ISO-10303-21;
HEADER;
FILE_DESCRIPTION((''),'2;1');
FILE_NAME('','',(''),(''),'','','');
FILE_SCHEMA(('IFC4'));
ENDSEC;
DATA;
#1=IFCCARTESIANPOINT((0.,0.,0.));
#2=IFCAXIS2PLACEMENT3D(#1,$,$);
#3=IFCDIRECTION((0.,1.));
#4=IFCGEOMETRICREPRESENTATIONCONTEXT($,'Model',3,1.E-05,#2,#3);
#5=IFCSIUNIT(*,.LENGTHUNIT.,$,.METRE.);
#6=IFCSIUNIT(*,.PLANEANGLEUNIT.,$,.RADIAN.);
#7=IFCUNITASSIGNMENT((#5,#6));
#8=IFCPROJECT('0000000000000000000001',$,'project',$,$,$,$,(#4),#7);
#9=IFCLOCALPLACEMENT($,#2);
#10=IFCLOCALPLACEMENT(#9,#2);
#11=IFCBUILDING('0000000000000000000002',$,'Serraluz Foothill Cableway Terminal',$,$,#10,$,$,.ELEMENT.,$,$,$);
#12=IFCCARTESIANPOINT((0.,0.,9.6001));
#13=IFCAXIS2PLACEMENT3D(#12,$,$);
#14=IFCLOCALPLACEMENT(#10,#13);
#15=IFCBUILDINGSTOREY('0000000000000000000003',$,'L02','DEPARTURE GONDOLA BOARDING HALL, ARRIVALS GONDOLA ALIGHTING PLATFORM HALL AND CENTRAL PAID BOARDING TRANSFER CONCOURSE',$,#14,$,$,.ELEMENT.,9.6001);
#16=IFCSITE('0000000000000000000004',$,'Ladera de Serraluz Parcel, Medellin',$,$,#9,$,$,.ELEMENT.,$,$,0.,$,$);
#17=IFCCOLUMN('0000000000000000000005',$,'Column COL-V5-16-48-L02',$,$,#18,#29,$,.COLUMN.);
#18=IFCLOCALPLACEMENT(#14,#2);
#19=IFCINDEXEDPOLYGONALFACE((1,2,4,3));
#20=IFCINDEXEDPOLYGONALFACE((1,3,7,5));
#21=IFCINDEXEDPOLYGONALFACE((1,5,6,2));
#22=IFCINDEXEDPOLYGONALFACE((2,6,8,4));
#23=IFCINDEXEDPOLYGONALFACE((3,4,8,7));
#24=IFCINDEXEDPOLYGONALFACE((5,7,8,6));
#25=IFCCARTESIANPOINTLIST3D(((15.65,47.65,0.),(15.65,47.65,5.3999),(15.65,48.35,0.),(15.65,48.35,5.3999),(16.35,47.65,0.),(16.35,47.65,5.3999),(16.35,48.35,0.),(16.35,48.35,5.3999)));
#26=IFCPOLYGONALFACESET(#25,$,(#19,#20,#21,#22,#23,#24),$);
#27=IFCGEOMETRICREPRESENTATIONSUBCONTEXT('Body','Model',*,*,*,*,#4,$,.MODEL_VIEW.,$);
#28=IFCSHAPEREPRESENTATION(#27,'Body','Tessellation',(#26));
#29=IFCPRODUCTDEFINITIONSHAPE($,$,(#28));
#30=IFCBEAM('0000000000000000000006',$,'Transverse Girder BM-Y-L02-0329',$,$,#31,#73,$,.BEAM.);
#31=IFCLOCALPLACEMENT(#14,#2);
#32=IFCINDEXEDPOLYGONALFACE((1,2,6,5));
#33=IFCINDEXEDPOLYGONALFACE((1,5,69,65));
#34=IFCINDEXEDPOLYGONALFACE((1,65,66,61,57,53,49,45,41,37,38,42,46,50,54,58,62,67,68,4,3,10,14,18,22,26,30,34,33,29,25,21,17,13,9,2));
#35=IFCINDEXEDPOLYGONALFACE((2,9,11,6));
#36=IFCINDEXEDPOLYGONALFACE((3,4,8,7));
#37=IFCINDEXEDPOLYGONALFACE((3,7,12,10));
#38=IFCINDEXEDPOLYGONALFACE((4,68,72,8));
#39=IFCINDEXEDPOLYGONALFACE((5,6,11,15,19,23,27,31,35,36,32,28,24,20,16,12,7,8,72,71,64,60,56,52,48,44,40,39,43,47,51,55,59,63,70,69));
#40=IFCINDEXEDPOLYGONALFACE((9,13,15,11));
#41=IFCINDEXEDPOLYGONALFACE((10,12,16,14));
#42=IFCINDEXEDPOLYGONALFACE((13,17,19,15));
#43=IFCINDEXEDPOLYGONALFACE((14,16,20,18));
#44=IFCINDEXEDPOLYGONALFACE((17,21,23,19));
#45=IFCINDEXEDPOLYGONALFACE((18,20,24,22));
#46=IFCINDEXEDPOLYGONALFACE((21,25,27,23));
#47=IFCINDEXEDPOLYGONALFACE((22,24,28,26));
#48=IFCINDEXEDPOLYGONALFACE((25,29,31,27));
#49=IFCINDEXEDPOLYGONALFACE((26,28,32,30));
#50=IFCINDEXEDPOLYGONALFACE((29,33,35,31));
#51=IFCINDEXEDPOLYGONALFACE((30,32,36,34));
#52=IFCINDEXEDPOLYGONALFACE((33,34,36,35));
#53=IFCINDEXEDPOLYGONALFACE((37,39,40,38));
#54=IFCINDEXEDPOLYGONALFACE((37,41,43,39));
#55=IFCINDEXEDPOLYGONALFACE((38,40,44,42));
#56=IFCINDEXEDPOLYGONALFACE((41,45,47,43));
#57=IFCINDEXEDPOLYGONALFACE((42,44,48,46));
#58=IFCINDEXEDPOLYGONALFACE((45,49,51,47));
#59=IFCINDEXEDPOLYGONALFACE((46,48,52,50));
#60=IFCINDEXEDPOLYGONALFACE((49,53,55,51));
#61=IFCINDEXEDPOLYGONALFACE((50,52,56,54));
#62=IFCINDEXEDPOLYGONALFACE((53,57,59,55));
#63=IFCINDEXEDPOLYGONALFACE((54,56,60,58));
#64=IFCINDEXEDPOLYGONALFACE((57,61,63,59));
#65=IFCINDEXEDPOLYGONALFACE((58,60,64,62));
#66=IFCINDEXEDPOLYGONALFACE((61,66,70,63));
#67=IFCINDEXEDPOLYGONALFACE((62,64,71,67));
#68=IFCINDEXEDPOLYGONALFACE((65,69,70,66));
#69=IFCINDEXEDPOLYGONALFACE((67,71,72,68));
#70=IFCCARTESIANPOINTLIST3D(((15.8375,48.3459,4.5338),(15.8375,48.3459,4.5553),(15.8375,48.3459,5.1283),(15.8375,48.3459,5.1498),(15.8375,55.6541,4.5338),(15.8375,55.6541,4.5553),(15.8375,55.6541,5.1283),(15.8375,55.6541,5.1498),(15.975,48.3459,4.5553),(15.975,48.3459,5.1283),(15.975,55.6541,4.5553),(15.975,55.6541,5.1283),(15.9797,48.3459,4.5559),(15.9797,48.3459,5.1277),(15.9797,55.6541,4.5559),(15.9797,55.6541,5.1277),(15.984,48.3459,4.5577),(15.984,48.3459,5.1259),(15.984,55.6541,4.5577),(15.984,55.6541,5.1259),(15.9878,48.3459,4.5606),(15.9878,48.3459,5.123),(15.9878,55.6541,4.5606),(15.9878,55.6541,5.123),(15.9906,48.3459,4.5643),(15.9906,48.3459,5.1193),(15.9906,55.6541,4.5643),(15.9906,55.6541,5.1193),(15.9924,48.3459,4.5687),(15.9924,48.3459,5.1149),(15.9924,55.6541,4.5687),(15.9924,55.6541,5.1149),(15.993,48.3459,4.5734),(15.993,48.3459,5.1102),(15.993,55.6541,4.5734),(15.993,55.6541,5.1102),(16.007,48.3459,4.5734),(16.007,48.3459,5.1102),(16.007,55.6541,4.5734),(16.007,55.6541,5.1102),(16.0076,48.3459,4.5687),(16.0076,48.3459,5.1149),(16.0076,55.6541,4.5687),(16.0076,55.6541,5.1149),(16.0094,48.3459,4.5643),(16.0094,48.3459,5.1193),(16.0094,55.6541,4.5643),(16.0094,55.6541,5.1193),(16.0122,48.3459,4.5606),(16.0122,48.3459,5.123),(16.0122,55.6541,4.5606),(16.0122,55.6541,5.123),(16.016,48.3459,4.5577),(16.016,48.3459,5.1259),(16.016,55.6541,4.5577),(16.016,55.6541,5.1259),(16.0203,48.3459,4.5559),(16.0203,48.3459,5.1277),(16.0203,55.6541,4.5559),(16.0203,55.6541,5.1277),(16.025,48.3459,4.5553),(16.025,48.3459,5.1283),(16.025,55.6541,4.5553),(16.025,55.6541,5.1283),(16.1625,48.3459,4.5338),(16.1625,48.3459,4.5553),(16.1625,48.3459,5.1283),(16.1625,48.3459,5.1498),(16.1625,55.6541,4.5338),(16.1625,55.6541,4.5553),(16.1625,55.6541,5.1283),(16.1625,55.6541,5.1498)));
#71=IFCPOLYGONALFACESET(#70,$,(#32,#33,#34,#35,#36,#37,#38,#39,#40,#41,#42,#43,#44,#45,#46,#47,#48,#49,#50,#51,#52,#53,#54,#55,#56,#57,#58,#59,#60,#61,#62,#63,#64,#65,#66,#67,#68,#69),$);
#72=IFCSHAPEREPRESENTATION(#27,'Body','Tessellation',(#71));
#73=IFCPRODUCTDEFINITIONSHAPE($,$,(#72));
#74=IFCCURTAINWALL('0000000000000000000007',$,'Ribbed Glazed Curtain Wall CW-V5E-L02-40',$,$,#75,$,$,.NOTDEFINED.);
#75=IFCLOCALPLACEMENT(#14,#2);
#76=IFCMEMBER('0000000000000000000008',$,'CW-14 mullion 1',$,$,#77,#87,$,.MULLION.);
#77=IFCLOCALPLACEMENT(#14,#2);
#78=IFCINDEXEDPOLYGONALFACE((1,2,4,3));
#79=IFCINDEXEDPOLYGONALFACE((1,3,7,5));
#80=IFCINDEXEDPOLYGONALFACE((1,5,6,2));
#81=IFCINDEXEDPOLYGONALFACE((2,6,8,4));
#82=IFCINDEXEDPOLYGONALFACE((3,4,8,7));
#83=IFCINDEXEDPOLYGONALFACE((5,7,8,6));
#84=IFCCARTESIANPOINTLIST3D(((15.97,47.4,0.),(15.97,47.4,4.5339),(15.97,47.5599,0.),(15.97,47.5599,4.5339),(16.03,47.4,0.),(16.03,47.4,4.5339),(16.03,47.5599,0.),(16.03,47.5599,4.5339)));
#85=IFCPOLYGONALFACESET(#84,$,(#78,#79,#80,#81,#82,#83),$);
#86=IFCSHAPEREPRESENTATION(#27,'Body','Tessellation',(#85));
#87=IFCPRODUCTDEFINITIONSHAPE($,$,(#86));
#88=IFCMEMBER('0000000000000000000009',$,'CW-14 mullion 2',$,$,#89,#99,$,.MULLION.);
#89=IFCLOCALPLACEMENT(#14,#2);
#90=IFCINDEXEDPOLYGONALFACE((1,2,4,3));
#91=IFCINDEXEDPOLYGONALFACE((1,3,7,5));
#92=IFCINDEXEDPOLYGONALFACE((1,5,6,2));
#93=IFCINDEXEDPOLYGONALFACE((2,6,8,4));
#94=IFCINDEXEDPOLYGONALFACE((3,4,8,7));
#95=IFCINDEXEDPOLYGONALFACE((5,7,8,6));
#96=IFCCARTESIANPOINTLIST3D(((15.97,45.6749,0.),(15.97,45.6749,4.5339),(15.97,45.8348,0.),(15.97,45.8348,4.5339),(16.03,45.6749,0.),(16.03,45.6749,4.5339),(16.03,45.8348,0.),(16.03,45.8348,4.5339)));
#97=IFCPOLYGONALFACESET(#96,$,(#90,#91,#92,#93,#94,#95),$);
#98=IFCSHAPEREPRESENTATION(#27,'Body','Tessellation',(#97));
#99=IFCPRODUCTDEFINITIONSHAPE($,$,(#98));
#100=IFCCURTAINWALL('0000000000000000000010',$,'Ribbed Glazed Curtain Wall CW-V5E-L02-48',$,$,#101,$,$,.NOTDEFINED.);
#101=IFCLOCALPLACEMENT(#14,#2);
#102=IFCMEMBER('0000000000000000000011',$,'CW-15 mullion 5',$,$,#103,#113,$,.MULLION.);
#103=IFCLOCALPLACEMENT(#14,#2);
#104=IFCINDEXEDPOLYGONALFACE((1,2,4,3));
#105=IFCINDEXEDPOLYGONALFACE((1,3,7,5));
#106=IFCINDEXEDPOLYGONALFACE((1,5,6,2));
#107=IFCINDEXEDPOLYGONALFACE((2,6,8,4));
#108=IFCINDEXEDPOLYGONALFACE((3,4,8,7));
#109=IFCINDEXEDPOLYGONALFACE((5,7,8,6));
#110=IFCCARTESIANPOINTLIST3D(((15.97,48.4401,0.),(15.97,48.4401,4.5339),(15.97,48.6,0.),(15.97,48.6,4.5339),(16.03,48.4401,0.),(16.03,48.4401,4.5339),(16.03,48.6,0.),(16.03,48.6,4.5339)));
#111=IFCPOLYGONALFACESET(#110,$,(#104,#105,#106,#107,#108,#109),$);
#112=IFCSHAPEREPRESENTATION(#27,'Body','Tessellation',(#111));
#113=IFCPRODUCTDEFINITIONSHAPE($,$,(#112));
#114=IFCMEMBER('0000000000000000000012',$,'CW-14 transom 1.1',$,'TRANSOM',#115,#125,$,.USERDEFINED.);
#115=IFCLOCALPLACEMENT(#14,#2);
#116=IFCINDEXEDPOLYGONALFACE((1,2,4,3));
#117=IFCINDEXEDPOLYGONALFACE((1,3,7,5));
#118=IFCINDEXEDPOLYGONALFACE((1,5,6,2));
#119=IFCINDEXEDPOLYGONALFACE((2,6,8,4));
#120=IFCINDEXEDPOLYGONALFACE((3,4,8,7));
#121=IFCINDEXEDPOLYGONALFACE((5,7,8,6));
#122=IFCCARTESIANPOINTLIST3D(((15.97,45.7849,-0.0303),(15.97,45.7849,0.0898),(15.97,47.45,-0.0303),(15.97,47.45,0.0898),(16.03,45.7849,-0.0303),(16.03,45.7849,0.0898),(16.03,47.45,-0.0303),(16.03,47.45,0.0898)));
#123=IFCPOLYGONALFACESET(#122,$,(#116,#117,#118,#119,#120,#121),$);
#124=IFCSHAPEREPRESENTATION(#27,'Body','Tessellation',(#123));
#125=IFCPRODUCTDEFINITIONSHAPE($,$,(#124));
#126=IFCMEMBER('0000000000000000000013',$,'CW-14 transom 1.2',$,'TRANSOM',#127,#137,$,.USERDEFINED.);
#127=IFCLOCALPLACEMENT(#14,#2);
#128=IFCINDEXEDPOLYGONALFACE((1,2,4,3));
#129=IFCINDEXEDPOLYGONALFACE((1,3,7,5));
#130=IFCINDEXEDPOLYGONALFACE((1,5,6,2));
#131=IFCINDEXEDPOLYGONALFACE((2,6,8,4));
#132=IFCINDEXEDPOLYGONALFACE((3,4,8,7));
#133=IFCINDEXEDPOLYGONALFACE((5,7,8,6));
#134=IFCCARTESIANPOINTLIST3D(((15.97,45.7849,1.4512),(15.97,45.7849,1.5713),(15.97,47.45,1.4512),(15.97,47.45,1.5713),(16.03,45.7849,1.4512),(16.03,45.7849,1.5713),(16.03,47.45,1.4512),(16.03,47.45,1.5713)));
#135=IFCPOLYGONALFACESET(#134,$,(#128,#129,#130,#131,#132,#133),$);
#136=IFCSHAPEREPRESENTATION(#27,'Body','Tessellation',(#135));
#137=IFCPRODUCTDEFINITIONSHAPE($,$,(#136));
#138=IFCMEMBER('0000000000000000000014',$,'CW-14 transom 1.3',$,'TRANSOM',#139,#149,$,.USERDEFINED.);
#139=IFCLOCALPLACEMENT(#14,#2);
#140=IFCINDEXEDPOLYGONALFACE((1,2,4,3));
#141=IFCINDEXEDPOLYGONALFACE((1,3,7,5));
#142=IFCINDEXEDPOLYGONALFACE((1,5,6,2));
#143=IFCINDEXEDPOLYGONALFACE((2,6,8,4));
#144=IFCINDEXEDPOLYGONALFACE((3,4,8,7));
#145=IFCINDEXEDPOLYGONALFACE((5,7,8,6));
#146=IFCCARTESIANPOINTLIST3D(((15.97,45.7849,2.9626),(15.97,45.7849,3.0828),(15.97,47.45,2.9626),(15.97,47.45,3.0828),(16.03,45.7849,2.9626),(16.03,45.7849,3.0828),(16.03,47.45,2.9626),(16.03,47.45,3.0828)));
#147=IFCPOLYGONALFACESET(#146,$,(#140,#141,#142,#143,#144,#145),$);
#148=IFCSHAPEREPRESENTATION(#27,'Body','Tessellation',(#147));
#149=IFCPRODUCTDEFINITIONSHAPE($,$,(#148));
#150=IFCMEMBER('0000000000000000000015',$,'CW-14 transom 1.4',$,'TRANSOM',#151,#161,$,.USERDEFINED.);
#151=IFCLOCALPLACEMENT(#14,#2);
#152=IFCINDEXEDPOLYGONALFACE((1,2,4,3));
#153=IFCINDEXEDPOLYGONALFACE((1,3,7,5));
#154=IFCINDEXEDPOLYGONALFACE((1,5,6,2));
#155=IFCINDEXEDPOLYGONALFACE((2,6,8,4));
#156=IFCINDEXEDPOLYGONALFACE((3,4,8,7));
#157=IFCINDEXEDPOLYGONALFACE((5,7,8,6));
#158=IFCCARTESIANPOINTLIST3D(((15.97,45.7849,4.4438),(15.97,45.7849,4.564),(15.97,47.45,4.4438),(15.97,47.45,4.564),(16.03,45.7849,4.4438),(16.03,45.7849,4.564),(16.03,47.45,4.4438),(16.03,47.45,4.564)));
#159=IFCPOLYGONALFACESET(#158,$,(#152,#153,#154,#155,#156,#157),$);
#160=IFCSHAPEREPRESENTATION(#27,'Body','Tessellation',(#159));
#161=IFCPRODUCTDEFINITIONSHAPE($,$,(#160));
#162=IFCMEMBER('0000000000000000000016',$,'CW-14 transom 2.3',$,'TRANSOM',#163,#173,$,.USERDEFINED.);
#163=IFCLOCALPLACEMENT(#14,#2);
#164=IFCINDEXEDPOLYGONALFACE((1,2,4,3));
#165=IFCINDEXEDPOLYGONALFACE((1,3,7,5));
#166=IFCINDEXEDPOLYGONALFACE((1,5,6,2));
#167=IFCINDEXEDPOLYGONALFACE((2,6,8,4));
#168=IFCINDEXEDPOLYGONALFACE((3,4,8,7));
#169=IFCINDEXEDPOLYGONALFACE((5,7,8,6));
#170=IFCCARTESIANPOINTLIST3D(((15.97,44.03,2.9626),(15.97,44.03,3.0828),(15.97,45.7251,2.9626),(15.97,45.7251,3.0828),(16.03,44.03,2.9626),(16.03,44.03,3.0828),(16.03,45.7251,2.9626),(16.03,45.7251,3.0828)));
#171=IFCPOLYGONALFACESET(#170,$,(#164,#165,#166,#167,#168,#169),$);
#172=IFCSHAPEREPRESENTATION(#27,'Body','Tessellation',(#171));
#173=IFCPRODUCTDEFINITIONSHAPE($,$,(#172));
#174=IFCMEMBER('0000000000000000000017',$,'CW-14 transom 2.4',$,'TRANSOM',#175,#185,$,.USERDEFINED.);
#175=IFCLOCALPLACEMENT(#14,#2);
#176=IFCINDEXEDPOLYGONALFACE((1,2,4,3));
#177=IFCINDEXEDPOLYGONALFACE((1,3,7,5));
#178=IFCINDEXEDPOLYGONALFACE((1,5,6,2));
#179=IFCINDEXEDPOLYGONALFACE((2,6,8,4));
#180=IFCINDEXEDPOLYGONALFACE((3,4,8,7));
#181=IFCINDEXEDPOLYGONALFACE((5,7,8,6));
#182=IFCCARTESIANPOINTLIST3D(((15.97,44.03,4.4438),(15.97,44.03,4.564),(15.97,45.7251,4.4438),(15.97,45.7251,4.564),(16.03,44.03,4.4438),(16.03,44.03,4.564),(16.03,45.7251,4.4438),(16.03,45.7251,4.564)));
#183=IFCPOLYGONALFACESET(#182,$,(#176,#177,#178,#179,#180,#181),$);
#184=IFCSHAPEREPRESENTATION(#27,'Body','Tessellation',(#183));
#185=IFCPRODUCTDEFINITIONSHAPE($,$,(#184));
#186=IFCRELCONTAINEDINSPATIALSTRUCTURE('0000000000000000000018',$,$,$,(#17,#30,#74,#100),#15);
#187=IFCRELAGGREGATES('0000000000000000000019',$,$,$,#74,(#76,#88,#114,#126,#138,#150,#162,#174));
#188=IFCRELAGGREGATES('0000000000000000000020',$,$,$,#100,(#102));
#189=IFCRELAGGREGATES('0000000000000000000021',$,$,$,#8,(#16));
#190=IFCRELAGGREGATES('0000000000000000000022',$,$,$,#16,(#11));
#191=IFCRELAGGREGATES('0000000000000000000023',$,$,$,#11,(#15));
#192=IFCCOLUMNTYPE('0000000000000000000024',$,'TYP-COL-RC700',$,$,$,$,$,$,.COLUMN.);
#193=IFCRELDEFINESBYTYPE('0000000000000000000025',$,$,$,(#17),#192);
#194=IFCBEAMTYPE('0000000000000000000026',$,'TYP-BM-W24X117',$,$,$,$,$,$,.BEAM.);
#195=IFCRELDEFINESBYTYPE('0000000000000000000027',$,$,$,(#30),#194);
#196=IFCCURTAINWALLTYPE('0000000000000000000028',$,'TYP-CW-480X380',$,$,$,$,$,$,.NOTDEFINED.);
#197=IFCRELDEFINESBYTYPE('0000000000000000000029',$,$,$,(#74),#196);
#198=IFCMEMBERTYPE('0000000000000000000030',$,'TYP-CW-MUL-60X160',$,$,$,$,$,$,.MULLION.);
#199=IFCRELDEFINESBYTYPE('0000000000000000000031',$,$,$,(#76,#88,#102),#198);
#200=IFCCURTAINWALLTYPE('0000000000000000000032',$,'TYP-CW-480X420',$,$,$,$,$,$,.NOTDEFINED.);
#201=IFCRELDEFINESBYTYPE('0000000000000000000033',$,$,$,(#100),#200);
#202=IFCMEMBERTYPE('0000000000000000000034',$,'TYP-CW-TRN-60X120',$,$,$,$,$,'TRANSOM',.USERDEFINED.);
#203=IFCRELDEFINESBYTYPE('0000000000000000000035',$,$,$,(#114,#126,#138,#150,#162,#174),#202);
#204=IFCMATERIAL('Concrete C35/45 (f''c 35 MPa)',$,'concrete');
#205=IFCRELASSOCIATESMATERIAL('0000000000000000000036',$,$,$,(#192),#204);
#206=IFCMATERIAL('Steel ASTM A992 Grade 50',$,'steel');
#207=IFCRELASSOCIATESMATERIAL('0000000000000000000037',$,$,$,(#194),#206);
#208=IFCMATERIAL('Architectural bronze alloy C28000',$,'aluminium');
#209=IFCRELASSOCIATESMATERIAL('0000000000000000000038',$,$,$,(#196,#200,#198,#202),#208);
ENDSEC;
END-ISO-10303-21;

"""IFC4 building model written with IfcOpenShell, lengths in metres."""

from ifc_helpers import new_model, si_unit, direction, frame, origin, origin_2d, place, context, subcontext, project, spatial, rectangle, i_section, extrude, material, material_profile, profile_set, type_object, element, aggregate, save


model = new_model("IFC4")

# Units and contexts
model_context = context("Model", 3, precision=1e-05, world=origin(), true_north=direction((0.0, 1.0)))
body_context = subcontext(model_context, "Body", "Model", "MODEL_VIEW")
ifc_project = project(units=[si_unit("LENGTHUNIT", "METRE"), si_unit("PLANEANGLEUNIT", "RADIAN")], contexts=[model_context])

# Site, building, storey
site_placement = place(None, origin())
site = spatial("IfcSite", under=ifc_project, at=site_placement, Name="Ladera de Serraluz Parcel, Medellin", CompositionType="ELEMENT", RefElevation=0.0)
building_placement = place(site_placement, origin())
building = spatial("IfcBuilding", under=site, at=building_placement, Name="Serraluz Foothill Cableway Terminal", CompositionType="ELEMENT")
storey_placement = place(building_placement, frame((0.0, 0.0, 9.6001)))
storey = spatial("IfcBuildingStorey", under=building, at=storey_placement, Name="L02", Description="DEPARTURE GONDOLA BOARDING HALL, ARRIVALS GONDOLA ALIGHTING PLATFORM HALL AND CENTRAL PAID BOARDING TRANSFER CONCOURSE", CompositionType="ELEMENT", Elevation=9.6001)

# Column
ifc_material_1 = material(Name="Concrete C35/45 (f'c 35 MPa)", Category="concrete")
ifc_material_profile_1 = material_profile(ifc_material_1, rectangle(XDim=0.7, YDim=0.7, at=origin_2d()), Name="RC 700x700")
ifc_profile_set_1 = profile_set([ifc_material_profile_1], Name="Concrete C35/45 (f'c 35 MPa)")
column_type = type_object("IfcColumnType", Name="TYP-COL-RC700", PredefinedType="COLUMN", material=ifc_profile_set_1)
column_placement = place(storey_placement, frame((16.0, 48.0, 0.0), z_axis=(0.0, 0.0, 1.0), x_axis=(1.0, 0.0, 0.0)))
element("IfcColumn", 1, at=column_placement, inside=storey, type_object=column_type, Name="Column COL-V5-16-48-L02", PredefinedType="COLUMN", context=body_context, shape_type="SweptSolid", body=[
    extrude(rectangle(XDim=0.7, YDim=0.7, at=origin_2d()), origin(), (0.0, 0.0, 1.0), 5.3999),
])

# Beam
ifc_material_2 = material(Name="Steel ASTM A992 Grade 50", Category="steel")
ifc_material_profile_2 = material_profile(ifc_material_2, i_section(OverallWidth=0.325, OverallDepth=0.616, WebThickness=0.0139, FlangeThickness=0.0215, FilletRadius=0.0181, at=origin_2d()), Name="W24X117")
ifc_profile_set_2 = profile_set([ifc_material_profile_2], Name="Steel ASTM A992 Grade 50")
beam_type = type_object("IfcBeamType", Name="TYP-BM-W24X117", PredefinedType="BEAM", material=ifc_profile_set_2)
beam_placement = place(storey_placement, frame((16.0, 48.3459, 4.8418), z_axis=(0.0, 1.0, 0.0), x_axis=(-1.0, 0.0, 0.0)))
element("IfcBeam", 2, at=beam_placement, inside=storey, type_object=beam_type, Name="Transverse Girder BM-Y-L02-0329", PredefinedType="BEAM", context=body_context, shape_type="SweptSolid", body=[
    extrude(i_section(OverallWidth=0.325, OverallDepth=0.616, WebThickness=0.0139, FlangeThickness=0.0215, FilletRadius=0.0181, at=origin_2d()), origin(), (0.0, 0.0, 1.0), 7.3081),
])

# Curtain wall, members
ifc_material_3 = material(Name="Architectural bronze alloy C28000", Category="aluminium")
curtain_wall_type_1 = type_object("IfcCurtainWallType", Name="TYP-CW-480X380", PredefinedType="NOTDEFINED", material=ifc_material_3)
curtain_wall_1_placement = place(storey_placement, origin())
curtain_wall_1 = element("IfcCurtainWall", 3, at=curtain_wall_1_placement, inside=storey, type_object=curtain_wall_type_1, Name="Ribbed Glazed Curtain Wall CW-V5E-L02-40", PredefinedType="NOTDEFINED")
ifc_material_profile_3 = material_profile(ifc_material_3, rectangle(XDim=0.0601, YDim=0.1599, at=origin_2d()), Name="ALU MULLION 60x160")
ifc_profile_set_3 = profile_set([ifc_material_profile_3], Name="Architectural bronze alloy C28000")
member_type_1 = type_object("IfcMemberType", Name="TYP-CW-MUL-60X160", PredefinedType="MULLION", material=ifc_profile_set_3)
member_1_placement = place(storey_placement, frame((16.0, 47.48, 0.0), z_axis=(0.0, 0.0, 1.0), x_axis=(1.0, 0.0, 0.0)))
member_1 = element("IfcMember", 4, at=member_1_placement, type_object=member_type_1, Name="CW-14 mullion 1", PredefinedType="MULLION", context=body_context, shape_type="SweptSolid", body=[
    extrude(rectangle(XDim=0.0601, YDim=0.1599, at=origin_2d()), origin(), (0.0, 0.0, 1.0), 4.5339),
])
member_2_placement = place(storey_placement, frame((16.0, 45.7549, 0.0), z_axis=(0.0, 0.0, 1.0), x_axis=(1.0, 0.0, 0.0)))
member_2 = element("IfcMember", 5, at=member_2_placement, type_object=member_type_1, Name="CW-14 mullion 2", PredefinedType="MULLION", context=body_context, shape_type="SweptSolid", body=[
    extrude(rectangle(XDim=0.0601, YDim=0.1599, at=origin_2d()), origin(), (0.0, 0.0, 1.0), 4.5339),
])

# Curtain wall, member
curtain_wall_type_2 = type_object("IfcCurtainWallType", Name="TYP-CW-480X420", PredefinedType="NOTDEFINED", material=ifc_material_3)
curtain_wall_2_placement = place(storey_placement, origin())
curtain_wall_2 = element("IfcCurtainWall", 6, at=curtain_wall_2_placement, inside=storey, type_object=curtain_wall_type_2, Name="Ribbed Glazed Curtain Wall CW-V5E-L02-48", PredefinedType="NOTDEFINED")
member_3_placement = place(storey_placement, frame((16.0, 48.52, 0.0), z_axis=(0.0, 0.0, 1.0), x_axis=(1.0, 0.0, 0.0)))
member_3 = element("IfcMember", 7, at=member_3_placement, type_object=member_type_1, Name="CW-15 mullion 5", PredefinedType="MULLION", context=body_context, shape_type="SweptSolid", body=[
    extrude(rectangle(XDim=0.0601, YDim=0.1599, at=origin_2d()), origin(), (0.0, 0.0, 1.0), 4.5339),
])

# Members
ifc_material_profile_4 = material_profile(ifc_material_3, rectangle(XDim=0.0601, YDim=0.1201, at=origin_2d()), Name="ALU TRANSOM 60x120")
ifc_profile_set_4 = profile_set([ifc_material_profile_4], Name="Architectural bronze alloy C28000")
member_type_2 = type_object("IfcMemberType", Name="TYP-CW-TRN-60X120", ElementType="TRANSOM", PredefinedType="USERDEFINED", material=ifc_profile_set_4)
member_4_placement = place(storey_placement, frame((16.0, 47.45, 0.0298), z_axis=(0.0, -1.0, 0.0), x_axis=(1.0, 0.0, 0.0)))
member_4 = element("IfcMember", 8, at=member_4_placement, type_object=member_type_2, Name="CW-14 transom 1.1", ObjectType="TRANSOM", PredefinedType="USERDEFINED", context=body_context, shape_type="SweptSolid", body=[
    extrude(rectangle(XDim=0.0601, YDim=0.1201, at=origin_2d()), origin(), (0.0, 0.0, 1.0), 1.665),
])
member_5_placement = place(storey_placement, frame((16.0, 47.45, 1.5112), z_axis=(0.0, -1.0, 0.0), x_axis=(1.0, 0.0, 0.0)))
member_5 = element("IfcMember", 9, at=member_5_placement, type_object=member_type_2, Name="CW-14 transom 1.2", ObjectType="TRANSOM", PredefinedType="USERDEFINED", context=body_context, shape_type="SweptSolid", body=[
    extrude(rectangle(XDim=0.0601, YDim=0.1201, at=origin_2d()), origin(), (0.0, 0.0, 1.0), 1.665),
])
member_6_placement = place(storey_placement, frame((16.0, 47.45, 3.0227), z_axis=(0.0, -1.0, 0.0), x_axis=(1.0, 0.0, 0.0)))
member_6 = element("IfcMember", 10, at=member_6_placement, type_object=member_type_2, Name="CW-14 transom 1.3", ObjectType="TRANSOM", PredefinedType="USERDEFINED", context=body_context, shape_type="SweptSolid", body=[
    extrude(rectangle(XDim=0.0601, YDim=0.1201, at=origin_2d()), origin(), (0.0, 0.0, 1.0), 1.665),
])
member_7_placement = place(storey_placement, frame((16.0, 47.45, 4.5039), z_axis=(0.0, -1.0, 0.0), x_axis=(1.0, 0.0, 0.0)))
member_7 = element("IfcMember", 11, at=member_7_placement, type_object=member_type_2, Name="CW-14 transom 1.4", ObjectType="TRANSOM", PredefinedType="USERDEFINED", context=body_context, shape_type="SweptSolid", body=[
    extrude(rectangle(XDim=0.0601, YDim=0.1201, at=origin_2d()), origin(), (0.0, 0.0, 1.0), 1.665),
])
member_8_placement = place(storey_placement, frame((16.0, 45.7251, 3.0227), z_axis=(0.0, -1.0, 0.0), x_axis=(1.0, 0.0, 0.0)))
member_8 = element("IfcMember", 12, at=member_8_placement, type_object=member_type_2, Name="CW-14 transom 2.3", ObjectType="TRANSOM", PredefinedType="USERDEFINED", context=body_context, shape_type="SweptSolid", body=[
    extrude(rectangle(XDim=0.0601, YDim=0.1201, at=origin_2d()), origin(), (0.0, 0.0, 1.0), 1.6951),
])
member_9_placement = place(storey_placement, frame((16.0, 45.7251, 4.5039), z_axis=(0.0, -1.0, 0.0), x_axis=(1.0, 0.0, 0.0)))
member_9 = element("IfcMember", 13, at=member_9_placement, type_object=member_type_2, Name="CW-14 transom 2.4", ObjectType="TRANSOM", PredefinedType="USERDEFINED", context=body_context, shape_type="SweptSolid", body=[
    extrude(rectangle(XDim=0.0601, YDim=0.1201, at=origin_2d()), origin(), (0.0, 0.0, 1.0), 1.6951),
])

aggregate(curtain_wall_1, [member_1, member_2, member_4, member_5, member_6, member_7, member_8, member_9])
aggregate(curtain_wall_2, [member_3])

save(model, "model.ifc")
